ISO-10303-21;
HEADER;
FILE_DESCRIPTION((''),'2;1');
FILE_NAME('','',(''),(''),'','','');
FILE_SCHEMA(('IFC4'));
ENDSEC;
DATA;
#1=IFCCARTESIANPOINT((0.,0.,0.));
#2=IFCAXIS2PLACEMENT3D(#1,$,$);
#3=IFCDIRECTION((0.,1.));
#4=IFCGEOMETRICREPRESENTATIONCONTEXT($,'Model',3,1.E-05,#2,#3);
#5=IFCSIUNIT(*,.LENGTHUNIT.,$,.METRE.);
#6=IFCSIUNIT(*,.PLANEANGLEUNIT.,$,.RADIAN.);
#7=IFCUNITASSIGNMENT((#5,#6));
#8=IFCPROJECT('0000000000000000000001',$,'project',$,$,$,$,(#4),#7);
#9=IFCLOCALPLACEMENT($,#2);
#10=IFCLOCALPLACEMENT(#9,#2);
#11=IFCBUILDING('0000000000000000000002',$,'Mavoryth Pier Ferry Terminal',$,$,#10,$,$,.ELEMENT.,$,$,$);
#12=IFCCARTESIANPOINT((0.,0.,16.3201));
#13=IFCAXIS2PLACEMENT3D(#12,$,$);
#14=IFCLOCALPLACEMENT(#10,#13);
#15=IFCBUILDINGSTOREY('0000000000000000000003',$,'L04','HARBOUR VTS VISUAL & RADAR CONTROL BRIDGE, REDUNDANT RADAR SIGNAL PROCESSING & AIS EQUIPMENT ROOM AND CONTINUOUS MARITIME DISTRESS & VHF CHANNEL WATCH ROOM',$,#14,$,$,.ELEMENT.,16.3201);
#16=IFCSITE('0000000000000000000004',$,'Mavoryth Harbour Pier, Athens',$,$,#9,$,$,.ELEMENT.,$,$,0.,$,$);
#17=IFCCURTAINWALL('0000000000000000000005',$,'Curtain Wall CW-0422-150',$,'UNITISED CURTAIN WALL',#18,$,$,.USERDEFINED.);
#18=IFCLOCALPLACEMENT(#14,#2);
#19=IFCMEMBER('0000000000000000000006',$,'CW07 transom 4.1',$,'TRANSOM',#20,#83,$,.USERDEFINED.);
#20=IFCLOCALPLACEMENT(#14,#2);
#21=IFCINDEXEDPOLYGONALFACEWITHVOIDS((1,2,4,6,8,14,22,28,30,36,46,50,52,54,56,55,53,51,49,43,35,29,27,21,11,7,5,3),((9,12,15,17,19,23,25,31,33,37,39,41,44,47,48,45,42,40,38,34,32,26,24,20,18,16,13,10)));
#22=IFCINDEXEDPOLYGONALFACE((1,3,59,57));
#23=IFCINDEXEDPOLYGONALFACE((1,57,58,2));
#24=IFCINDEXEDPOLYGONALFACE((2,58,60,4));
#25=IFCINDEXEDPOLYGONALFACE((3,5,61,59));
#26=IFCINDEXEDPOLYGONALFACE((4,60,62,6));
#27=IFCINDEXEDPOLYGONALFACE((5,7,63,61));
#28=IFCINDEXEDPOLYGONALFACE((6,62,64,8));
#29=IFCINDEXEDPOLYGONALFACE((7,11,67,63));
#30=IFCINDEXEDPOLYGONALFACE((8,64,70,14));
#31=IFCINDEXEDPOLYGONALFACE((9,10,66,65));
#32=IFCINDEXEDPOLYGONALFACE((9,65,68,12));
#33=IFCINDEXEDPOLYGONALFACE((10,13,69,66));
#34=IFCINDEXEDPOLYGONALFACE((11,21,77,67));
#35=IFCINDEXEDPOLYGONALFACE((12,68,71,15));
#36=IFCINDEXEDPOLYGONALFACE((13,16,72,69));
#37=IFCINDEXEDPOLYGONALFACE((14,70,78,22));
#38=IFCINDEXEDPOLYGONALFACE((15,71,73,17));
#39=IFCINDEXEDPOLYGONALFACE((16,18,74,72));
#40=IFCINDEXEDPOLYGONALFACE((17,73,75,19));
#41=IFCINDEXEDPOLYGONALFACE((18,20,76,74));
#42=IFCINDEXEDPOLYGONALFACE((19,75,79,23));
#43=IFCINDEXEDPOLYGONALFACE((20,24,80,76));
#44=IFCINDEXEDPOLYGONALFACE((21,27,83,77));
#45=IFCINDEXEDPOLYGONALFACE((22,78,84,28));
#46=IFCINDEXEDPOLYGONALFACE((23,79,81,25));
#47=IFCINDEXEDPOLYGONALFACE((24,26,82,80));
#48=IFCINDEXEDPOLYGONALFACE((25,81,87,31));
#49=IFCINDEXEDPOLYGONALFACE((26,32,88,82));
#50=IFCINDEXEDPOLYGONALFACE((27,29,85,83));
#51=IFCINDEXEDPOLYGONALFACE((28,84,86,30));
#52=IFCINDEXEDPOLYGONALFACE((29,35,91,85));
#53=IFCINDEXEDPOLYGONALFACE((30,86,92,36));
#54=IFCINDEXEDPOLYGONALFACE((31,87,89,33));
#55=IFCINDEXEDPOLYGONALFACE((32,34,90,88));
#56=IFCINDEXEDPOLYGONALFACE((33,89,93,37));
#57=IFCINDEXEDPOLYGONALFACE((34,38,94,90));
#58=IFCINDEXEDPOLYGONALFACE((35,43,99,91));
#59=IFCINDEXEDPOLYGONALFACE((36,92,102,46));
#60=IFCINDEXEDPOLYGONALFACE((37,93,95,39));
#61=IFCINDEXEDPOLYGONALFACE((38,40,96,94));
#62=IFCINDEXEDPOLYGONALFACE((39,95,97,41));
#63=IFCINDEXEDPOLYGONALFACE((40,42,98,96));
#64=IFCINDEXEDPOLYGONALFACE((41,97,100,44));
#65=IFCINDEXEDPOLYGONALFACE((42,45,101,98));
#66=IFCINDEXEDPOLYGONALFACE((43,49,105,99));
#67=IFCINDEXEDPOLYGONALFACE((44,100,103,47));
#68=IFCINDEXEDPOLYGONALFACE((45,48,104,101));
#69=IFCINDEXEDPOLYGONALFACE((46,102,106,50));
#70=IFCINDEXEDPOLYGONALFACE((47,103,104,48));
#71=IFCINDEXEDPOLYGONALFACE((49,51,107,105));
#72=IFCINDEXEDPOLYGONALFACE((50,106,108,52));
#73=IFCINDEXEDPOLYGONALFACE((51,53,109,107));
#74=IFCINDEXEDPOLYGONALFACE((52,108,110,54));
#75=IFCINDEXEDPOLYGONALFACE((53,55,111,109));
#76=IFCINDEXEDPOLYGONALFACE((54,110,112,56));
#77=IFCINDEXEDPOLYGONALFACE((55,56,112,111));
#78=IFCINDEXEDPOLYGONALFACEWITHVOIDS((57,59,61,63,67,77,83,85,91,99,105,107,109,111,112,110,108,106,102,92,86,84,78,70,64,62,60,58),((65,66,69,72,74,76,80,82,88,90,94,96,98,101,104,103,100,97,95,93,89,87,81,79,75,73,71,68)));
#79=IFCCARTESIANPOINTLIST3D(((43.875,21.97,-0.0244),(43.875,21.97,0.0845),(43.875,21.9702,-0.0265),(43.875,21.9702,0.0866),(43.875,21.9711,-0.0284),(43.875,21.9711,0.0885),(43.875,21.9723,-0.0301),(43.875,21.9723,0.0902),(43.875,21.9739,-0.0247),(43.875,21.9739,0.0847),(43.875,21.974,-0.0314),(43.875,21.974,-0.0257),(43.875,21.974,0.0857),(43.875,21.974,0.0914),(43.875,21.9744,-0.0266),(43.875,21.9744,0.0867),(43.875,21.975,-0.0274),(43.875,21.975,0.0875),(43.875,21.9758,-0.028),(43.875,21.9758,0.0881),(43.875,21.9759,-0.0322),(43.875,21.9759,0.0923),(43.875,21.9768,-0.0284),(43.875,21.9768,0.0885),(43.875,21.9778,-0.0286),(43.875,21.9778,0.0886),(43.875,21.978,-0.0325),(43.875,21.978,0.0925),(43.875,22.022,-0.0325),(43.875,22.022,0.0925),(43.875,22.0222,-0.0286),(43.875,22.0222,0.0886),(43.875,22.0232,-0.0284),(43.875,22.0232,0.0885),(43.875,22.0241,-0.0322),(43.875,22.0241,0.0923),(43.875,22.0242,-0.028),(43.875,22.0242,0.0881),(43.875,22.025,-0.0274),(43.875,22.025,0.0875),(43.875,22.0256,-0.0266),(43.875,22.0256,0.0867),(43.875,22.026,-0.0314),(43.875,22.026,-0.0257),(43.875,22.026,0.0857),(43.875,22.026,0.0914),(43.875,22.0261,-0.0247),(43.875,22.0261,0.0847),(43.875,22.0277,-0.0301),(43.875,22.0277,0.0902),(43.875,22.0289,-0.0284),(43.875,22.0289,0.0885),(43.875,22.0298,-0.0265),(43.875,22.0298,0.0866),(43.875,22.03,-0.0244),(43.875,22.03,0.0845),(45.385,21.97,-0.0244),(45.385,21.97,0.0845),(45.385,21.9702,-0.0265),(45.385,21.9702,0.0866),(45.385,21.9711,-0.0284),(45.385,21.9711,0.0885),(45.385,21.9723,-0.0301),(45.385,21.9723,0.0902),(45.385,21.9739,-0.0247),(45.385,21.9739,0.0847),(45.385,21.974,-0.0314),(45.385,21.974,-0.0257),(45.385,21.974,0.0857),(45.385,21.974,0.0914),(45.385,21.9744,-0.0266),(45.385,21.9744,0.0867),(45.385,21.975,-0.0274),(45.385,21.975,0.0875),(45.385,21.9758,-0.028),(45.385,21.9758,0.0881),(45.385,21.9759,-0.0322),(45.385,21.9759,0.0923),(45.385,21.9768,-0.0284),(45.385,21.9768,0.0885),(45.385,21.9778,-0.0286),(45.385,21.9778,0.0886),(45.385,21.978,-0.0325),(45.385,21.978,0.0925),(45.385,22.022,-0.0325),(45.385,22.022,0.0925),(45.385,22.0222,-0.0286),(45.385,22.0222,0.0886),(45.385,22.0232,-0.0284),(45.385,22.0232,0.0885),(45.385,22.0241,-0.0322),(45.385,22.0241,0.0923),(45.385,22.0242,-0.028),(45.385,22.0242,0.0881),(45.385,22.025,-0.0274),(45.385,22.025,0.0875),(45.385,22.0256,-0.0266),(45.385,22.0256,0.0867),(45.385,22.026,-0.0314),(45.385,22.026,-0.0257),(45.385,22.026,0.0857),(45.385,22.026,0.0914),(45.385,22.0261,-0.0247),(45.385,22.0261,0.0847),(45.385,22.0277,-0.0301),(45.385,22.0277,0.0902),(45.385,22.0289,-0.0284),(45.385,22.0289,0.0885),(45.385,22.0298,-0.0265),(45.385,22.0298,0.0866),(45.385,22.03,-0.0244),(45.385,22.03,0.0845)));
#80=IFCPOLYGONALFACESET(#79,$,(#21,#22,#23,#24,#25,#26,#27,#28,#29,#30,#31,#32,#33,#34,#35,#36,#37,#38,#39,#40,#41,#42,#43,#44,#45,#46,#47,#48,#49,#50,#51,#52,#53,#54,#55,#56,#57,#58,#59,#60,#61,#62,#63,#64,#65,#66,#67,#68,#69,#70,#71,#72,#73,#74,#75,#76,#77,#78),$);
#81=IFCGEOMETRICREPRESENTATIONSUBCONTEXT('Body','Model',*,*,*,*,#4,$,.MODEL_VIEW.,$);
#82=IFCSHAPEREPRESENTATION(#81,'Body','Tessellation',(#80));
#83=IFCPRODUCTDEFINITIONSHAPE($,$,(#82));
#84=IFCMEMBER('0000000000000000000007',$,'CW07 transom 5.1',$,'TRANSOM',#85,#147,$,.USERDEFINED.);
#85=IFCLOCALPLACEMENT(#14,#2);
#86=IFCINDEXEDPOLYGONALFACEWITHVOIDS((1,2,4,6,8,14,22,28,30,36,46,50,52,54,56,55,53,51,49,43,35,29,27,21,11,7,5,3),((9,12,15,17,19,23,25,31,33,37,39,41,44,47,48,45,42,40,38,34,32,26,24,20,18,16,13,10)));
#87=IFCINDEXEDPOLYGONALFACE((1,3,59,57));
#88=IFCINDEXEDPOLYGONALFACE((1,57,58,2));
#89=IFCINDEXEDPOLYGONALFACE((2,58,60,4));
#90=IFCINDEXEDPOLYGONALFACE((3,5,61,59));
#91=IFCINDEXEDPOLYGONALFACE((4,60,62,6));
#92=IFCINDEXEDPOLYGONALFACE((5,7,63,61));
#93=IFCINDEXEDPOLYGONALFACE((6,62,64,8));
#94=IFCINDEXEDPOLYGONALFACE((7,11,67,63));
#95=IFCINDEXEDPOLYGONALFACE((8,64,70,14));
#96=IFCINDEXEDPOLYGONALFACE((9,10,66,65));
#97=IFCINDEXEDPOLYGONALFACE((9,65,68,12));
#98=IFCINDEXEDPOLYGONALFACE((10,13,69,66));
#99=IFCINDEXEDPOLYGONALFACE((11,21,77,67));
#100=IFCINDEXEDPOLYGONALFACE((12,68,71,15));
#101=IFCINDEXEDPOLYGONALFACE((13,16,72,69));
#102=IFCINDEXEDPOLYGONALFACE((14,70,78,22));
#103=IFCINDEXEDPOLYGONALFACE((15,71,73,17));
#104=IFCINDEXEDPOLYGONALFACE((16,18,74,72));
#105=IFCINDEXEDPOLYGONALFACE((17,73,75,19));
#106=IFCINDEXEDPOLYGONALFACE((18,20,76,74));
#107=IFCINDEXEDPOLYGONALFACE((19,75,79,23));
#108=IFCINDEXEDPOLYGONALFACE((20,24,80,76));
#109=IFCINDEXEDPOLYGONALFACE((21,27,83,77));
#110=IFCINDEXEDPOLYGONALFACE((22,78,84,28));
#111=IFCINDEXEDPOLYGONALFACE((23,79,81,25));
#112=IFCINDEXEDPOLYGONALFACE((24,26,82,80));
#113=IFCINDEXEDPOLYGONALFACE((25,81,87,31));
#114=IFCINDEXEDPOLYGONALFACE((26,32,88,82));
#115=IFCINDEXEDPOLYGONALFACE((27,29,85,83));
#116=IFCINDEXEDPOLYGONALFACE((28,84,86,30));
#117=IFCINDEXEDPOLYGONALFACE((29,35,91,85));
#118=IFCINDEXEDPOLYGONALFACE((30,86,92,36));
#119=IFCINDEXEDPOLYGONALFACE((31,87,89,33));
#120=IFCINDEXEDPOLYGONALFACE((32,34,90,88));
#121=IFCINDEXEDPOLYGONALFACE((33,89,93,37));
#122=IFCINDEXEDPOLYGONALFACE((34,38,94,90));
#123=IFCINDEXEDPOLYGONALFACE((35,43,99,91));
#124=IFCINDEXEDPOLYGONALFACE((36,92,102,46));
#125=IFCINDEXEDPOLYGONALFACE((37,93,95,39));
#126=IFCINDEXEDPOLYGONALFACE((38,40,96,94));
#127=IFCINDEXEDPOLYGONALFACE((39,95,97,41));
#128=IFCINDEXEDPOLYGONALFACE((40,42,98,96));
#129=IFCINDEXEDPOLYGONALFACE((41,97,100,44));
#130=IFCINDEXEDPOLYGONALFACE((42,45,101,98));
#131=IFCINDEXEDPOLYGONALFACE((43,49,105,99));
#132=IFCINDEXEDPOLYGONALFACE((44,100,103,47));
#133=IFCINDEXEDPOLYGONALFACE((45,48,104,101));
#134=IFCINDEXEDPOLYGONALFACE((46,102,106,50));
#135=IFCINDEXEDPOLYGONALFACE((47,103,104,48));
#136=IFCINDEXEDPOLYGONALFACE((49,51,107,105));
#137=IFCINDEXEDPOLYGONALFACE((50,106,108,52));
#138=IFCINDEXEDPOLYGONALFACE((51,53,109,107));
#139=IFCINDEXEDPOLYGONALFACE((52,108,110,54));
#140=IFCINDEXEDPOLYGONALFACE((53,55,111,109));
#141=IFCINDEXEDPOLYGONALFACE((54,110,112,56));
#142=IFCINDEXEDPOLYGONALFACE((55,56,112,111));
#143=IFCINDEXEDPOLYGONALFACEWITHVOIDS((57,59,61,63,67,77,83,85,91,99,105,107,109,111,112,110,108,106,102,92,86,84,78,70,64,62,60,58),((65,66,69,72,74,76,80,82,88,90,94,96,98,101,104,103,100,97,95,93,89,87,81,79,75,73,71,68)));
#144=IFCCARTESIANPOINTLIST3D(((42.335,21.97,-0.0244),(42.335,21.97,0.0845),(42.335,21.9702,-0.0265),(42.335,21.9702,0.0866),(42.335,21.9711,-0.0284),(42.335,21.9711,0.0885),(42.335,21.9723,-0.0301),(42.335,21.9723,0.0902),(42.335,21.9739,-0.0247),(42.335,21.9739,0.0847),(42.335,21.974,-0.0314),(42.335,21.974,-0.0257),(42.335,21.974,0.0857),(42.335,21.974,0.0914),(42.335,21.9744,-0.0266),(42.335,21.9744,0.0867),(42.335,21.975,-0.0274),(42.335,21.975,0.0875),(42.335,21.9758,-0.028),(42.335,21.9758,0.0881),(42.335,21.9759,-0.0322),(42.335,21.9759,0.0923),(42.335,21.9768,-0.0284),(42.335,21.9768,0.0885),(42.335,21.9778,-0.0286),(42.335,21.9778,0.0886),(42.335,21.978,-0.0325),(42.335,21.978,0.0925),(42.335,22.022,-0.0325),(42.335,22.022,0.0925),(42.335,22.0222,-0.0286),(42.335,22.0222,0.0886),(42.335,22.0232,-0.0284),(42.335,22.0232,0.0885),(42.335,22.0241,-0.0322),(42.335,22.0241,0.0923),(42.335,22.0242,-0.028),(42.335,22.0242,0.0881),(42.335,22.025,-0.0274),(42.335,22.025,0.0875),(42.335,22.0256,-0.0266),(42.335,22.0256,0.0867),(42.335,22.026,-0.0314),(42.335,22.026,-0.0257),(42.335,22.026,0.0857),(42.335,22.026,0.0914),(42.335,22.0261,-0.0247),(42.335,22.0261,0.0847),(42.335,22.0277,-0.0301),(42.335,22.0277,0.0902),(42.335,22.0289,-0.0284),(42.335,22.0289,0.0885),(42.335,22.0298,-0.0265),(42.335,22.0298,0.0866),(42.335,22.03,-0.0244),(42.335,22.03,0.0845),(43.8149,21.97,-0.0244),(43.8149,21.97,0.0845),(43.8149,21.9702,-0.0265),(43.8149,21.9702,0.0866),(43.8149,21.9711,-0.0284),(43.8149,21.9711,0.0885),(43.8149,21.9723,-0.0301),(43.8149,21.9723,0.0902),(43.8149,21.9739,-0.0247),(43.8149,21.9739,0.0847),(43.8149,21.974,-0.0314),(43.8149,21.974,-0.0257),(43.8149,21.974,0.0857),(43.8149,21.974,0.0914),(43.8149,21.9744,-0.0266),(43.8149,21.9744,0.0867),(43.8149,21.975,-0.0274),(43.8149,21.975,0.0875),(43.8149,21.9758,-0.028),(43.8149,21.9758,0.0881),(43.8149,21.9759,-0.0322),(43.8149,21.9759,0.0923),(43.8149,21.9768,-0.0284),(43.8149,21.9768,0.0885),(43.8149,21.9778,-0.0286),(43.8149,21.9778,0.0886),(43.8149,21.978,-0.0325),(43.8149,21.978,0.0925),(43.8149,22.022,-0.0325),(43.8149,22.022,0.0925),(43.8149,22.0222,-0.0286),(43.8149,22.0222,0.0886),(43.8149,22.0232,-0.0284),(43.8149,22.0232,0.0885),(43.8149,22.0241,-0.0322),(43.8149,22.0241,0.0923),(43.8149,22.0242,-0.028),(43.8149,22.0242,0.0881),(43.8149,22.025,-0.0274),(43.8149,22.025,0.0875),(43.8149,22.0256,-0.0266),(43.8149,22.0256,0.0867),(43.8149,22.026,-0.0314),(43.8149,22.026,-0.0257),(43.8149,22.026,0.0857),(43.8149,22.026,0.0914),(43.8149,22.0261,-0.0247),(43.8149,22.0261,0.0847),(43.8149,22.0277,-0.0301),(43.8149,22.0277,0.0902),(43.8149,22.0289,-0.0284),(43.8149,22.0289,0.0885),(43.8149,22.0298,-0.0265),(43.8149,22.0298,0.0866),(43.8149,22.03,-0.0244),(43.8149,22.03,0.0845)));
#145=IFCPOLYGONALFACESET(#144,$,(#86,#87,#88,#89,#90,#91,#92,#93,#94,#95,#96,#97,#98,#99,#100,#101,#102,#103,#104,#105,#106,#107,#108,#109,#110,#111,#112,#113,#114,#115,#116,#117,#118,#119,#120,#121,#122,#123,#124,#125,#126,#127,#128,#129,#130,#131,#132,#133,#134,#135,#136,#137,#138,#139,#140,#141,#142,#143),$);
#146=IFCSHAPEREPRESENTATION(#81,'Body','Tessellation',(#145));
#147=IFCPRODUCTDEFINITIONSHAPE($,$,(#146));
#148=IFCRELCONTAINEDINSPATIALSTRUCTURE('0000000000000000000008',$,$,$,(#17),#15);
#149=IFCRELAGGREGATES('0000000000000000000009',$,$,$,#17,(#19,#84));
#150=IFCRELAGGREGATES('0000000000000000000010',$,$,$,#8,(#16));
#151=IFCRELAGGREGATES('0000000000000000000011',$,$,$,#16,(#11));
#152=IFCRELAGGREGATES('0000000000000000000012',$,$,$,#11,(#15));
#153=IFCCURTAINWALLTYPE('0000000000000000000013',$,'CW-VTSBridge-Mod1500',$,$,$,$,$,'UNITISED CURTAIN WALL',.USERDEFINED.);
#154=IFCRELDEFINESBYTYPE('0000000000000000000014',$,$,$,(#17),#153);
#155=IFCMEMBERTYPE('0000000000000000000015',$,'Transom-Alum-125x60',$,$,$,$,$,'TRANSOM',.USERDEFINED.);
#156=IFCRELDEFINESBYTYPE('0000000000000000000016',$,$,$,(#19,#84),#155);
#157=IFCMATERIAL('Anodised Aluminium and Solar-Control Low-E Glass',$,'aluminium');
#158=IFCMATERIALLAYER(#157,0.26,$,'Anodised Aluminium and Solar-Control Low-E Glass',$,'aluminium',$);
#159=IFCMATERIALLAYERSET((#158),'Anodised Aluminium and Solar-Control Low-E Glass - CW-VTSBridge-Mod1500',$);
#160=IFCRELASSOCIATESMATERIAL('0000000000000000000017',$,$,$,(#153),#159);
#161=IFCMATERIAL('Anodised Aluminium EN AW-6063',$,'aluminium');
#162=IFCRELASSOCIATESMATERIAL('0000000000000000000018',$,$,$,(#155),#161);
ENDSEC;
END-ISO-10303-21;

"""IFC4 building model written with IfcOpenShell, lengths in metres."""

from ifc_helpers import new_model, si_unit, direction, frame, origin, origin_2d, place, context, subcontext, project, spatial, hollow_rectangle, extrude, material, layer, layer_set, material_profile, profile_set, type_object, element, aggregate, save


model = new_model("IFC4")

# Units and contexts
model_context = context("Model", 3, precision=1e-05, world=origin(), true_north=direction((0.0, 1.0)))
body_context = subcontext(model_context, "Body", "Model", "MODEL_VIEW")
ifc_project = project(units=[si_unit("LENGTHUNIT", "METRE"), si_unit("PLANEANGLEUNIT", "RADIAN")], contexts=[model_context])

# Site, building, storey
site_placement = place(None, origin())
site = spatial("IfcSite", under=ifc_project, at=site_placement, Name="Mavoryth Harbour Pier, Athens", CompositionType="ELEMENT", RefElevation=0.0)
building_placement = place(site_placement, origin())
building = spatial("IfcBuilding", under=site, at=building_placement, Name="Mavoryth Pier Ferry Terminal", CompositionType="ELEMENT")
storey_placement = place(building_placement, frame((0.0, 0.0, 16.3201)))
storey = spatial("IfcBuildingStorey", under=building, at=storey_placement, Name="L04", Description="HARBOUR VTS VISUAL & RADAR CONTROL BRIDGE, REDUNDANT RADAR SIGNAL PROCESSING & AIS EQUIPMENT ROOM AND CONTINUOUS MARITIME DISTRESS & VHF CHANNEL WATCH ROOM", CompositionType="ELEMENT", Elevation=16.3201)

# Curtain wall
ifc_material_1 = material(Name="Anodised Aluminium and Solar-Control Low-E Glass", Category="aluminium")
ifc_layer_1 = layer(ifc_material_1, 0.26, Name="Anodised Aluminium and Solar-Control Low-E Glass", Category="aluminium")
ifc_layer_set_1 = layer_set([ifc_layer_1], Name="Anodised Aluminium and Solar-Control Low-E Glass - CW-VTSBridge-Mod1500")
curtain_wall_type = type_object("IfcCurtainWallType", Name="CW-VTSBridge-Mod1500", ElementType="UNITISED CURTAIN WALL", PredefinedType="USERDEFINED", material=ifc_layer_set_1)
curtain_wall_1_placement = place(storey_placement, origin())
curtain_wall_1 = element("IfcCurtainWall", 1, at=curtain_wall_1_placement, inside=storey, type_object=curtain_wall_type, Name="Curtain Wall CW-0422-150", ObjectType="UNITISED CURTAIN WALL", PredefinedType="USERDEFINED")
ifc_material_2 = material(Name="Anodised Aluminium EN AW-6063", Category="aluminium")

# Members
ifc_material_profile_1 = material_profile(ifc_material_2, hollow_rectangle(XDim=0.0601, YDim=0.125, WallThickness=0.0039, InnerFilletRadius=0.0039, OuterFilletRadius=0.0081, at=origin_2d()), Name="AL-TRAN 125x60x4", Category="aluminium")
ifc_profile_set_1 = profile_set([ifc_material_profile_1], Name="Anodised Aluminium EN AW-6063 - AL-TRAN 125x60x4")
member_type_1 = type_object("IfcMemberType", Name="Transom-Alum-125x60", ElementType="TRANSOM", PredefinedType="USERDEFINED", material=ifc_profile_set_1)
member_1_placement = place(storey_placement, frame((45.385, 22.0, 0.03), z_axis=(-1.0, 0.0, 0.0), x_axis=(0.0, -1.0, 0.0)))
member_1 = element("IfcMember", 2, at=member_1_placement, type_object=member_type_1, Name="CW07 transom 4.1", ObjectType="TRANSOM", PredefinedType="USERDEFINED", context=body_context, shape_type="SweptSolid", body=[
    extrude(hollow_rectangle(XDim=0.0601, YDim=0.125, WallThickness=0.0039, InnerFilletRadius=0.0039, OuterFilletRadius=0.0081, at=origin_2d()), origin(), (0.0, 0.0, 1.0), 1.51),
])
member_2_placement = place(storey_placement, frame((43.8149, 22.0, 0.03), z_axis=(-1.0, 0.0, 0.0), x_axis=(0.0, -1.0, 0.0)))
member_2 = element("IfcMember", 3, at=member_2_placement, type_object=member_type_1, Name="CW07 transom 5.1", ObjectType="TRANSOM", PredefinedType="USERDEFINED", context=body_context, shape_type="SweptSolid", body=[
    extrude(hollow_rectangle(XDim=0.0601, YDim=0.125, WallThickness=0.0039, InnerFilletRadius=0.0039, OuterFilletRadius=0.0081, at=origin_2d()), origin(), (0.0, 0.0, 1.0), 1.48),
])

aggregate(curtain_wall_1, [member_1, member_2])

save(model, "model.ifc")
